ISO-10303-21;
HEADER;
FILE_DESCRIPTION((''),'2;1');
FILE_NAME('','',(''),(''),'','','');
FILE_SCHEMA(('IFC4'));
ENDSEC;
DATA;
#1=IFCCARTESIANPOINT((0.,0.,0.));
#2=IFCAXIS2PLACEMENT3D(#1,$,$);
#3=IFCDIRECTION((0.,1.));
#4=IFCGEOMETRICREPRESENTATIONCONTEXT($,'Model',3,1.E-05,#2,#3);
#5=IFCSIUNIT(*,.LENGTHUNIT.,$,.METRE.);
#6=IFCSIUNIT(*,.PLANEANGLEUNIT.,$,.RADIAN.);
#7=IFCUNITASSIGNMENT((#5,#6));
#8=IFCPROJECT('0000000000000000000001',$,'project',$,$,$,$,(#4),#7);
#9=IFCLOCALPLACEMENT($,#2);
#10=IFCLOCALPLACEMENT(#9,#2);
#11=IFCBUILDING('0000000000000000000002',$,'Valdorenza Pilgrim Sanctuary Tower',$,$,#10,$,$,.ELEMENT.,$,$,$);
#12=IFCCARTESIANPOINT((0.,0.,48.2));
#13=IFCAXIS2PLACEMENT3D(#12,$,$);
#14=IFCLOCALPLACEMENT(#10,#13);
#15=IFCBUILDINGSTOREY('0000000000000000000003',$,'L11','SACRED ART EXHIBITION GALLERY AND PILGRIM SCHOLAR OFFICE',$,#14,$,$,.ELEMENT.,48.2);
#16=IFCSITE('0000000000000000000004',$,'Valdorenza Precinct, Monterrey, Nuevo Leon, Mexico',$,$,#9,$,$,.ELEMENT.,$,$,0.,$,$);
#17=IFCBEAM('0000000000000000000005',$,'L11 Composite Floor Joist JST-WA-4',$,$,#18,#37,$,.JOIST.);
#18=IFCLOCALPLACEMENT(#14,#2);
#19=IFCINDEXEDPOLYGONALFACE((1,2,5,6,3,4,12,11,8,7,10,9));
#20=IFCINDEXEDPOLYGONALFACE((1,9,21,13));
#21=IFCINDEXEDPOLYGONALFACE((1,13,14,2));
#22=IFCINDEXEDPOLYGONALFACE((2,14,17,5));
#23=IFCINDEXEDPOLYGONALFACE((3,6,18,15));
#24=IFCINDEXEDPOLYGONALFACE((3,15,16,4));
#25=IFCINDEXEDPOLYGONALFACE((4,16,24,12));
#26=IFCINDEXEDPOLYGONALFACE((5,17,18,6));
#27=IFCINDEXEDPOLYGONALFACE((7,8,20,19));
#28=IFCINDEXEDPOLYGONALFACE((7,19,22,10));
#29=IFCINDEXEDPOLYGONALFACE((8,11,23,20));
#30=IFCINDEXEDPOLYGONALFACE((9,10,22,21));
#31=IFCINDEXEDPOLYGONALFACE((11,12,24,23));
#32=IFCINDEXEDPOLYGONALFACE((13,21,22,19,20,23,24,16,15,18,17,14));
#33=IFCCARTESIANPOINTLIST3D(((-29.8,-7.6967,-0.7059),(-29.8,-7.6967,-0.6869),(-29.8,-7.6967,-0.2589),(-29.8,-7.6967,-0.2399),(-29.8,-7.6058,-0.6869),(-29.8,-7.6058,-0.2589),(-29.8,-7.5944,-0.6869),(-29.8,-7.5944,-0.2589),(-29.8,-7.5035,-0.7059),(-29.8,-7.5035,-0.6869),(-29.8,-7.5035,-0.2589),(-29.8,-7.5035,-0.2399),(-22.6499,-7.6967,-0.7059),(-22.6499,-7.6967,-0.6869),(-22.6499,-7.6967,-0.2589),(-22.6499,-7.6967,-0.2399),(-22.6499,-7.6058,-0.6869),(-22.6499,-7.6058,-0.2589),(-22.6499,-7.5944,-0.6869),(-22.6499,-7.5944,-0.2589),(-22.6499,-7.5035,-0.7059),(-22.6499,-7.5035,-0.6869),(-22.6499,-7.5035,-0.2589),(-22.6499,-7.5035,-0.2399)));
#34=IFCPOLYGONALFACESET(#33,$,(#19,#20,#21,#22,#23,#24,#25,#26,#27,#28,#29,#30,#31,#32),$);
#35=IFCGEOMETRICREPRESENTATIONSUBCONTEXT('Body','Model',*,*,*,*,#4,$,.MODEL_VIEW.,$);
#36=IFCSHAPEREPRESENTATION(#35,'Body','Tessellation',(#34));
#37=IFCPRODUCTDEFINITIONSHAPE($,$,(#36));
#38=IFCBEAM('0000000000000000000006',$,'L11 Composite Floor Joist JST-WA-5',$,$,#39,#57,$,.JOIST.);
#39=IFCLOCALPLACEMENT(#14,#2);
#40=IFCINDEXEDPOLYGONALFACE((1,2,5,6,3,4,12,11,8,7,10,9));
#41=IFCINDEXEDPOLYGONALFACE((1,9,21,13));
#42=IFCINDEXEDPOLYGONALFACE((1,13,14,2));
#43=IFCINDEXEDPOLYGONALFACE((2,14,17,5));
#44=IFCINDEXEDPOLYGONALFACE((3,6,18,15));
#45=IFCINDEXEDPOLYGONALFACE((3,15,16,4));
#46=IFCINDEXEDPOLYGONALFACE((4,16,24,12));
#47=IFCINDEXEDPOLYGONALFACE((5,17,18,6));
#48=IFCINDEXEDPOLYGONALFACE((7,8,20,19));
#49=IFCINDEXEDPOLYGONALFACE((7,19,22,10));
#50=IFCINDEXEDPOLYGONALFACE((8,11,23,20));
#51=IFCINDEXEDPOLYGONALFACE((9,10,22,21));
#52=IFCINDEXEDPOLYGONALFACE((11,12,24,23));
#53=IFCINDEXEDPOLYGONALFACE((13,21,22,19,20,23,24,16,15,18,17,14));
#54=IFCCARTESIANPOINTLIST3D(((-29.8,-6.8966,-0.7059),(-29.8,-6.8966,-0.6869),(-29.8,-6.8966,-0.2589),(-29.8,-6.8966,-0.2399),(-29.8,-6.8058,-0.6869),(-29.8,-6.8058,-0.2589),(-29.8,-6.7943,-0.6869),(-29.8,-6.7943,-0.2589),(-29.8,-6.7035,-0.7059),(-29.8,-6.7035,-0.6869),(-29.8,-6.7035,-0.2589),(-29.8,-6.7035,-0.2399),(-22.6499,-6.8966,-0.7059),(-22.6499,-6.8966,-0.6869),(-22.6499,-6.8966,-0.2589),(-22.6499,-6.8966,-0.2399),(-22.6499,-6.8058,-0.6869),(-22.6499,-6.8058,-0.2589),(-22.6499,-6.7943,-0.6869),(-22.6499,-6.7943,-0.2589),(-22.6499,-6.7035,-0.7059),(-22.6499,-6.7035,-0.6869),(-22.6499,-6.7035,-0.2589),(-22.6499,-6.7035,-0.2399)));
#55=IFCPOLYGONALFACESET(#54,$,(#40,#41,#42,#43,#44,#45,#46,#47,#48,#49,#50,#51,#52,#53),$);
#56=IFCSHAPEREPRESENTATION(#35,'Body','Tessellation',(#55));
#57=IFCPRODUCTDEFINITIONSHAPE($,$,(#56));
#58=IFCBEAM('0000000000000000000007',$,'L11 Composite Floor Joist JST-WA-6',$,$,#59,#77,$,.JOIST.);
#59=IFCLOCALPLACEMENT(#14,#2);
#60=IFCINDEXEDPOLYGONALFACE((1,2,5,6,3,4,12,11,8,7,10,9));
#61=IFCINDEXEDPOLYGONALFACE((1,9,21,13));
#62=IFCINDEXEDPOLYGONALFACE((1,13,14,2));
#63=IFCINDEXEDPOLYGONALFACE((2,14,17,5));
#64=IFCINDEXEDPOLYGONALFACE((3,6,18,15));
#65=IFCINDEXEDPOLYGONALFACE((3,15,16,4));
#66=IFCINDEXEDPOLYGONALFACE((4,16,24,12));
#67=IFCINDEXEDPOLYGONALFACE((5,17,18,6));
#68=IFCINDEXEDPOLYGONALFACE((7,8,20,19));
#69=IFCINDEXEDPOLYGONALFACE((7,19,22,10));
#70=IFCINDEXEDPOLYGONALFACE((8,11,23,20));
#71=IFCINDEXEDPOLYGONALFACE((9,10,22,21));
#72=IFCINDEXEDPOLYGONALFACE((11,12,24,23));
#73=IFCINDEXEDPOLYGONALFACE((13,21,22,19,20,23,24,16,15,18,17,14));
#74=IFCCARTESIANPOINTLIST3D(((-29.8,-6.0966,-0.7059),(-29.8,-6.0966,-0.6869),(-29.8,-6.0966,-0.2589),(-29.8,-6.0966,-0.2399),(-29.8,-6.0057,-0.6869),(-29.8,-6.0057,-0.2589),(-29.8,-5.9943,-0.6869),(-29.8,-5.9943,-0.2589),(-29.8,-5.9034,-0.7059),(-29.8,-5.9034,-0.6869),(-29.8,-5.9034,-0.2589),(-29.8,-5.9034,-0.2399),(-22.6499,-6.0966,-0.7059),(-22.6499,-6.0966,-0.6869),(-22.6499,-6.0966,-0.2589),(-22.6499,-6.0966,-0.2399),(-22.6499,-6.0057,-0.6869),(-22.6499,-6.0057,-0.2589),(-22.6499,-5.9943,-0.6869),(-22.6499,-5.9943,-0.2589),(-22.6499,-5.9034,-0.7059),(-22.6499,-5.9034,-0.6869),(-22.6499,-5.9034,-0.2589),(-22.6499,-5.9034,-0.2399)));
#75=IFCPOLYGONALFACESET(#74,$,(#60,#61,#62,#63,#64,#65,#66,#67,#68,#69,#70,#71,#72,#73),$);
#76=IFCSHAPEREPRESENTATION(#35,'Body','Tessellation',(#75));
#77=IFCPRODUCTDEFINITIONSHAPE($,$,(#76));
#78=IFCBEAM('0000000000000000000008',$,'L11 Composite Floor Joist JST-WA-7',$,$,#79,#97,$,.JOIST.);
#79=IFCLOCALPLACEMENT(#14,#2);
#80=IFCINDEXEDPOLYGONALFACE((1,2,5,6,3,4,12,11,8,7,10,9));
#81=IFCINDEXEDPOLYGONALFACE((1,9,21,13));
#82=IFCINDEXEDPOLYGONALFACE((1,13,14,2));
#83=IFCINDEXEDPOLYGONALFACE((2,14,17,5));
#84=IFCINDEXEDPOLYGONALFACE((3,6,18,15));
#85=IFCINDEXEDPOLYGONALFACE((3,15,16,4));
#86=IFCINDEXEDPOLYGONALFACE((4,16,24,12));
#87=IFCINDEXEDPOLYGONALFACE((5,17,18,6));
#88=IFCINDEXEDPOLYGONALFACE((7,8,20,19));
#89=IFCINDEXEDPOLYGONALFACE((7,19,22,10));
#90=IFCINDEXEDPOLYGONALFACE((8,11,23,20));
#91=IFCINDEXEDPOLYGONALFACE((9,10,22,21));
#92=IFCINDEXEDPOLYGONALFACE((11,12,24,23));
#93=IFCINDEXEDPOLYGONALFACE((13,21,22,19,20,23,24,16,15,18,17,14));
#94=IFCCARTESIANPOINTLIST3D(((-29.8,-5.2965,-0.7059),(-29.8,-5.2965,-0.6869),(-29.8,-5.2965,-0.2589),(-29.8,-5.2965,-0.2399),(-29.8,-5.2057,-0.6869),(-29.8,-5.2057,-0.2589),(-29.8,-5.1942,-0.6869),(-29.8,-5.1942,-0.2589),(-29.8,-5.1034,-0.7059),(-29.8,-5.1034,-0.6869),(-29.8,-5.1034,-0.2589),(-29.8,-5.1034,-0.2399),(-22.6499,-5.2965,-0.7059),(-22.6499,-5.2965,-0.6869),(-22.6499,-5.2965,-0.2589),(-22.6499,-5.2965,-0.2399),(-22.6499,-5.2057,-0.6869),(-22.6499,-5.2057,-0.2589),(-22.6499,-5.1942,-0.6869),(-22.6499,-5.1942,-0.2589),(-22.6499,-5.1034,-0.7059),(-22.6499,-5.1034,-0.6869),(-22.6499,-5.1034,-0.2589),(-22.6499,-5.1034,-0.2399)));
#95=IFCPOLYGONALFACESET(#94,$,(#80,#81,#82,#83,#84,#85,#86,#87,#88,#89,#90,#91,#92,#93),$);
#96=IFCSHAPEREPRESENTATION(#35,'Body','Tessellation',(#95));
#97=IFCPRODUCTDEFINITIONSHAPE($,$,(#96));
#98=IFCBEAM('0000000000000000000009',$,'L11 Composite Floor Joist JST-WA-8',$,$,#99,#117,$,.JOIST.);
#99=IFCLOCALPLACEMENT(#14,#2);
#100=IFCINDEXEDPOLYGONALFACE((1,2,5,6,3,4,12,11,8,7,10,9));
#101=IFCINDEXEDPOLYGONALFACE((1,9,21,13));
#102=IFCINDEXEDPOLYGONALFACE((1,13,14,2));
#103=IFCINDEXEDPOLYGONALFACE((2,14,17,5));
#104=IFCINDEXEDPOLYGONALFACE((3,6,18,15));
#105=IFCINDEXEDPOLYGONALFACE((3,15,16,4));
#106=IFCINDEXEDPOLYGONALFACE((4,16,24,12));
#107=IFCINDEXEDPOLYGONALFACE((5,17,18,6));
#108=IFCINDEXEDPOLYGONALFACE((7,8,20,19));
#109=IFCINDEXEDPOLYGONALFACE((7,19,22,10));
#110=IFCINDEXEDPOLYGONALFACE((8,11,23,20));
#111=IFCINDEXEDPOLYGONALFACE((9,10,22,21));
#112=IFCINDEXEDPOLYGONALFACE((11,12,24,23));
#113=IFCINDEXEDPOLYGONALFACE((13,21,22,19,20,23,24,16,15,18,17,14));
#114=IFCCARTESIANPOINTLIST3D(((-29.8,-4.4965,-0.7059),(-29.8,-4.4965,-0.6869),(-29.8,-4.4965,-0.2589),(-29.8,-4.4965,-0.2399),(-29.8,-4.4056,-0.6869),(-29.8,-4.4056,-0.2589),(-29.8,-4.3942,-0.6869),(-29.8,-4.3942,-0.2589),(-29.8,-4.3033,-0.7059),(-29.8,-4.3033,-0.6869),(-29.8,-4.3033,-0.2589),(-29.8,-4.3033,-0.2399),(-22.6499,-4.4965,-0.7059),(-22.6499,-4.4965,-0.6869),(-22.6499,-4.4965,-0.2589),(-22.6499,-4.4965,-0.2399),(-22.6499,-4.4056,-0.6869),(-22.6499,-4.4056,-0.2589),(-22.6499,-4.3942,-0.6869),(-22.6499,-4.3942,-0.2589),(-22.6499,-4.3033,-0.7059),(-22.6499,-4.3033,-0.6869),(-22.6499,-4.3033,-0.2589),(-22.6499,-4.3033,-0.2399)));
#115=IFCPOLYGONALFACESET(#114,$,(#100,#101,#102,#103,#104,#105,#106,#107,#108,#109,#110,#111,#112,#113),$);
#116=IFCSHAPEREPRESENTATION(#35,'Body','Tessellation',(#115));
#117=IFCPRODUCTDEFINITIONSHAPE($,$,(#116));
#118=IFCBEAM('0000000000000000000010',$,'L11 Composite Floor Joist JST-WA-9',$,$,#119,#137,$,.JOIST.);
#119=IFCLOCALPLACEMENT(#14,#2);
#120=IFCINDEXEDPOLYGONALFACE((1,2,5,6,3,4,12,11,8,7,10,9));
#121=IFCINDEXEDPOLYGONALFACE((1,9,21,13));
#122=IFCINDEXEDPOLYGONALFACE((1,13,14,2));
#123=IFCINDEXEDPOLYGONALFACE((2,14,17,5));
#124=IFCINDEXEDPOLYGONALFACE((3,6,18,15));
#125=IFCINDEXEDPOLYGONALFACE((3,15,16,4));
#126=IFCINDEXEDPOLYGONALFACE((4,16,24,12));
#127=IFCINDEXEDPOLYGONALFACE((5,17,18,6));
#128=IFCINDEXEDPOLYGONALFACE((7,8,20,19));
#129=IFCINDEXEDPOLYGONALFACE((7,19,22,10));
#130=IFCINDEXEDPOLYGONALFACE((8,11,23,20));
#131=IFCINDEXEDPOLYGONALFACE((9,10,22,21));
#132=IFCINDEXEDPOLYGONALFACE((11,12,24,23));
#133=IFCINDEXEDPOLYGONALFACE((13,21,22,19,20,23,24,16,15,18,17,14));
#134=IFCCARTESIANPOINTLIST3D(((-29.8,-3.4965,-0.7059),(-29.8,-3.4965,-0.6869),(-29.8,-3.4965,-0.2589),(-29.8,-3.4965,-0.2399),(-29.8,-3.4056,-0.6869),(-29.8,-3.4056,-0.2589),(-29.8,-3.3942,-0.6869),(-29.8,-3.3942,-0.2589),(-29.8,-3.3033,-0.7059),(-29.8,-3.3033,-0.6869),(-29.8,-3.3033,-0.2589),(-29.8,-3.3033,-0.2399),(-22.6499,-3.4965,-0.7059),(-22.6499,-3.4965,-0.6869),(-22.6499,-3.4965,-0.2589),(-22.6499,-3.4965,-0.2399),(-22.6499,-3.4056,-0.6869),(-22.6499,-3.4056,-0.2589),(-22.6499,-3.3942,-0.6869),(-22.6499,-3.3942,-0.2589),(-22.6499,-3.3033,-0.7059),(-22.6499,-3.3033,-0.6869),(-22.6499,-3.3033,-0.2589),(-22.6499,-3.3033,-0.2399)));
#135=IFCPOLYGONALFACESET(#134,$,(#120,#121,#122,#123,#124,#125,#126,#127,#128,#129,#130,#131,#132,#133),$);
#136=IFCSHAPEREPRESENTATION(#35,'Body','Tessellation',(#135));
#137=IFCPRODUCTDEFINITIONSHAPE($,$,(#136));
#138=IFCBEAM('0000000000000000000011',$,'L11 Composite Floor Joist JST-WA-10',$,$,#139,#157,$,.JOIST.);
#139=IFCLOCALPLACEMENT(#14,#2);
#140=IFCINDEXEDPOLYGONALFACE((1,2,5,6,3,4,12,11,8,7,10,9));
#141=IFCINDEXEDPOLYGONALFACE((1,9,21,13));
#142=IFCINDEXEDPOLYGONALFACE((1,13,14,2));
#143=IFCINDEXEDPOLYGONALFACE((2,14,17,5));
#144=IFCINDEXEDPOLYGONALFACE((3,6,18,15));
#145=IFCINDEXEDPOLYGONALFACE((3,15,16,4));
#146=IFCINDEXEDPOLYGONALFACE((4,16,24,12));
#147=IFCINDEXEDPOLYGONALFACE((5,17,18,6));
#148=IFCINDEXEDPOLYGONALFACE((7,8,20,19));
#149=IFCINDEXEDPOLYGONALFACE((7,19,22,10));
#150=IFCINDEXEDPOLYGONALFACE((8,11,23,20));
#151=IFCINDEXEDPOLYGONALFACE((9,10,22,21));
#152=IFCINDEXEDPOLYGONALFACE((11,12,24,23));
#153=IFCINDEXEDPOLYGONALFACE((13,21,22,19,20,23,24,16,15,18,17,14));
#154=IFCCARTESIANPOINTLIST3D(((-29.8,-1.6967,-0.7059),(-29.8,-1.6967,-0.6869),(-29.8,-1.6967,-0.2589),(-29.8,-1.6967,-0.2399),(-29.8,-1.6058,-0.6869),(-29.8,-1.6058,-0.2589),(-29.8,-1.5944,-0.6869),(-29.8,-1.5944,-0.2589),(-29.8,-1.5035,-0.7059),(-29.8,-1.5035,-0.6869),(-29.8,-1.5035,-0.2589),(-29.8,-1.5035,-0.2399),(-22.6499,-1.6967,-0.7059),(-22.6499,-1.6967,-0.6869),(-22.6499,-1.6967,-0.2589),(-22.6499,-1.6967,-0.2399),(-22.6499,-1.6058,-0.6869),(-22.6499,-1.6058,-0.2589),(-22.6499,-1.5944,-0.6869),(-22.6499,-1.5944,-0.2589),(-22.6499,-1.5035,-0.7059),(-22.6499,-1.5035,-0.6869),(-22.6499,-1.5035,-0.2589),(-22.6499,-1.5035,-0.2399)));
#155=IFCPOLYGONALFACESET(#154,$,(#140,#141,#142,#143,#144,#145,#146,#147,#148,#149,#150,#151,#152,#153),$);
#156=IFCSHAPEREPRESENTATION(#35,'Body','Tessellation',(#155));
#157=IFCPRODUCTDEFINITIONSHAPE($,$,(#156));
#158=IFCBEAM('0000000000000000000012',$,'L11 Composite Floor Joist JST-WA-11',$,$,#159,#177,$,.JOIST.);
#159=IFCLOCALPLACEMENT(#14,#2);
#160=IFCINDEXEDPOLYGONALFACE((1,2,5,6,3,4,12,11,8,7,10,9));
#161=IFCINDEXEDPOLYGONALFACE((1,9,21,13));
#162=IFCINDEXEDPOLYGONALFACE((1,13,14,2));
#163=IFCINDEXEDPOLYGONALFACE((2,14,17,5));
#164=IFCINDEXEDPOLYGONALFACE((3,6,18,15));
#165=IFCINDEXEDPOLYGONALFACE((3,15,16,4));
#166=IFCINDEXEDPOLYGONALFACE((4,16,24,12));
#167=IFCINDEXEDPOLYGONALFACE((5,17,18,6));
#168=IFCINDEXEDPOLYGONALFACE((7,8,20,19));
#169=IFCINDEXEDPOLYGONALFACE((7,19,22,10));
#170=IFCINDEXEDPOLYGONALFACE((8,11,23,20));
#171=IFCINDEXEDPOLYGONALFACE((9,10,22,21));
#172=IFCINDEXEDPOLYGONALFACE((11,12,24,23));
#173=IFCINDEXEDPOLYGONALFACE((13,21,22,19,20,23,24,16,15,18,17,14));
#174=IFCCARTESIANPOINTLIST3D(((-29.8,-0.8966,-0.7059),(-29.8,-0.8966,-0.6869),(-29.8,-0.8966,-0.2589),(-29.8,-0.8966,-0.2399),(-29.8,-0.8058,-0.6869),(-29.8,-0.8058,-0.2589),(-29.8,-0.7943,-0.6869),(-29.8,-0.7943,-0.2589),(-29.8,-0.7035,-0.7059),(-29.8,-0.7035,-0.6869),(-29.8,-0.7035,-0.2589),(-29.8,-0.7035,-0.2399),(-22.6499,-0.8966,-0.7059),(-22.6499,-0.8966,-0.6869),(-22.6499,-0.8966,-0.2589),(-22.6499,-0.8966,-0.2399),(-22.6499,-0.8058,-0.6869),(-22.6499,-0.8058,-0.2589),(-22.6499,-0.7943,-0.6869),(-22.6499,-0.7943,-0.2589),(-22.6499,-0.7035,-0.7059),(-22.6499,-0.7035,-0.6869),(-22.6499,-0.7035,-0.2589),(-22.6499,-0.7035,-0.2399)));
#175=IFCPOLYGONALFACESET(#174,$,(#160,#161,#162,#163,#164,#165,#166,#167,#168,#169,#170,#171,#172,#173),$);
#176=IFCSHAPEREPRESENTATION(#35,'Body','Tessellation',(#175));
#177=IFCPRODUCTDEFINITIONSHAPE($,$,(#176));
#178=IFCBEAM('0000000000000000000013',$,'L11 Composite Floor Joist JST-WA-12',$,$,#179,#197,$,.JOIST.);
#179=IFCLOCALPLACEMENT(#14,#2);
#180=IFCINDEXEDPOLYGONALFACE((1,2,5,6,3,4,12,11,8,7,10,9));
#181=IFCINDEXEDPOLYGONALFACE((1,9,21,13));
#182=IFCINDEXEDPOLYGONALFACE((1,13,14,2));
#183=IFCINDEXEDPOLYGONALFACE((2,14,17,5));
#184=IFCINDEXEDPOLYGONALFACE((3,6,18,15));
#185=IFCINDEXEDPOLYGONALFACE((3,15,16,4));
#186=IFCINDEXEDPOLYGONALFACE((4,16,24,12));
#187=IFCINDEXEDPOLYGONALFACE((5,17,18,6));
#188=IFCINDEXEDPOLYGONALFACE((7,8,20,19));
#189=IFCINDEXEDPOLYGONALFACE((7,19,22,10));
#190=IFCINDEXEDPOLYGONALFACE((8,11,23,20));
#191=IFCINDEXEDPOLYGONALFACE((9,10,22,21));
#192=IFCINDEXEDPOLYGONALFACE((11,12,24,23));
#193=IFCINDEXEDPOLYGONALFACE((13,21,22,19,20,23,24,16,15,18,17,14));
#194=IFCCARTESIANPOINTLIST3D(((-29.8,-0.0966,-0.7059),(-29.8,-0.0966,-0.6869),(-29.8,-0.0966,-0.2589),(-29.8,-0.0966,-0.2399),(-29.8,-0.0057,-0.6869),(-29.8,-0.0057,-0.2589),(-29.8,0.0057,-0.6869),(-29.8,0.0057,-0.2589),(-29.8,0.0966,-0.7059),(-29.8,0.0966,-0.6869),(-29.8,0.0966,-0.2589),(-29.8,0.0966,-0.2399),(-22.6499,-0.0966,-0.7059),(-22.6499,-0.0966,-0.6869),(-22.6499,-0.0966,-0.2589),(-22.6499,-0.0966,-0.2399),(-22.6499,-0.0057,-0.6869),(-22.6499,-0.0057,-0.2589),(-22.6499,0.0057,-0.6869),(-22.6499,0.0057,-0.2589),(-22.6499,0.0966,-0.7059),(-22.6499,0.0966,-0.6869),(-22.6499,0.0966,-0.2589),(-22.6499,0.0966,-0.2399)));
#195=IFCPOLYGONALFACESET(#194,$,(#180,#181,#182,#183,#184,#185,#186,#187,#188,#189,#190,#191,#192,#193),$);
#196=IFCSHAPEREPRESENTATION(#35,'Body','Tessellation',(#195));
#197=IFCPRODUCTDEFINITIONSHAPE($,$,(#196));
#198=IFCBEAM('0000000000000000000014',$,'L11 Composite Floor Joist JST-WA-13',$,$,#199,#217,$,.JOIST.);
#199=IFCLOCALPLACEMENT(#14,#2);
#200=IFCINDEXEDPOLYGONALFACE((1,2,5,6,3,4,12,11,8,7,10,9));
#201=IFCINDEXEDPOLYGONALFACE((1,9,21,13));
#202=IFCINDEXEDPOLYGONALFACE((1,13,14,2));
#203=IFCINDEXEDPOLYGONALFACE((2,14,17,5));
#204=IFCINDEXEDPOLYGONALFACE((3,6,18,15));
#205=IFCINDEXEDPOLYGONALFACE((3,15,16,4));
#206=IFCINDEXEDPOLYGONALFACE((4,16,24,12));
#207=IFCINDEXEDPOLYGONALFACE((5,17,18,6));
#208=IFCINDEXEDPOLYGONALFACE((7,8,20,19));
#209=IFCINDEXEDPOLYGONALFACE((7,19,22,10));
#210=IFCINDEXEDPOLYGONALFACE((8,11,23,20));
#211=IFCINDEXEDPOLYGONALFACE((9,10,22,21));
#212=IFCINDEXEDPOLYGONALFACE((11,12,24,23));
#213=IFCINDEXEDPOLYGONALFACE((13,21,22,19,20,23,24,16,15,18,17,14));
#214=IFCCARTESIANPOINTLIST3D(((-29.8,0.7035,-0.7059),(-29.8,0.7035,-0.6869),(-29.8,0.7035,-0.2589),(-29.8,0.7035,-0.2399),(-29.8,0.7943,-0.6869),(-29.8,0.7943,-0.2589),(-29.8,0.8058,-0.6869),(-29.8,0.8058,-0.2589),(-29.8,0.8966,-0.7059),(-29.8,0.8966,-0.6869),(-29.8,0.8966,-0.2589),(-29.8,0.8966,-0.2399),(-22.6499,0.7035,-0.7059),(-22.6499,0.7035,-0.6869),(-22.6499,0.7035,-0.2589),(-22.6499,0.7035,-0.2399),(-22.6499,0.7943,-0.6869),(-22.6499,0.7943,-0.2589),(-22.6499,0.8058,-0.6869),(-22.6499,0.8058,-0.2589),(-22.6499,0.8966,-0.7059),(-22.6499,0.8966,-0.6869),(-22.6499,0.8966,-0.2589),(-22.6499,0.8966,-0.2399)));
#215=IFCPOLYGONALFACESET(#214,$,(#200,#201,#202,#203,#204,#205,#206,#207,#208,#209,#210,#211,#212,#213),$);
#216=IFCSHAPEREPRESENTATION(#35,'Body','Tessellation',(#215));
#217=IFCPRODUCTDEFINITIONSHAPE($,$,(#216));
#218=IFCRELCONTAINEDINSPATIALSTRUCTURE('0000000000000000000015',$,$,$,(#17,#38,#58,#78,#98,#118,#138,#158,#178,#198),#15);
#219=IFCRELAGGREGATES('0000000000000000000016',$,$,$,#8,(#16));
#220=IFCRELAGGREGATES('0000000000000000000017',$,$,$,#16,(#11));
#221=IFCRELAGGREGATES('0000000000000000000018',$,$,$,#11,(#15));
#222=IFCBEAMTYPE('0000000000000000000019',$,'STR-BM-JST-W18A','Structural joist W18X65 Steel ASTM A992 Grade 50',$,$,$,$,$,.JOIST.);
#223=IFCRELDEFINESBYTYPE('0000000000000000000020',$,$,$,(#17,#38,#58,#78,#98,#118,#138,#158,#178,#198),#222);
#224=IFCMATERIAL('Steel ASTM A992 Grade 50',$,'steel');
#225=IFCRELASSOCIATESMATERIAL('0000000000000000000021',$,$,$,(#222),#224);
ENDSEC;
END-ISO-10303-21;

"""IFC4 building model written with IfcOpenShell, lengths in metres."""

from ifc_helpers import new_model, si_unit, direction, frame, origin, origin_2d, place, context, subcontext, project, spatial, i_section, extrude, source, transform, mapped, material, material_profile, profile_set, type_object, element, save


model = new_model("IFC4")

# Units and contexts
model_context = context("Model", 3, precision=1e-05, world=origin(), true_north=direction((0.0, 1.0)))
body_context = subcontext(model_context, "Body", "Model", "MODEL_VIEW")
ifc_project = project(units=[si_unit("LENGTHUNIT", "METRE"), si_unit("PLANEANGLEUNIT", "RADIAN")], contexts=[model_context])

# Site, building, storey
site_placement = place(None, origin())
site = spatial("IfcSite", under=ifc_project, at=site_placement, Name="Valdorenza Precinct, Monterrey, Nuevo Leon, Mexico", CompositionType="ELEMENT", RefElevation=0.0)
building_placement = place(site_placement, origin())
building = spatial("IfcBuilding", under=site, at=building_placement, Name="Valdorenza Pilgrim Sanctuary Tower", CompositionType="ELEMENT")
storey_placement = place(building_placement, frame((0.0, 0.0, 48.2)))
storey = spatial("IfcBuildingStorey", under=building, at=storey_placement, Name="L11", Description="SACRED ART EXHIBITION GALLERY AND PILGRIM SCHOLAR OFFICE", CompositionType="ELEMENT", Elevation=48.2)

# Beams
ifc_material_1 = material(Name="Steel ASTM A992 Grade 50", Category="steel")
ifc_material_profile_1 = material_profile(ifc_material_1, i_section(OverallWidth=0.1931, OverallDepth=0.4661, WebThickness=0.0115, FlangeThickness=0.019, at=origin_2d()), Name="W18X65")
ifc_profile_set_1 = profile_set([ifc_material_profile_1], Name="Steel ASTM A992 Grade 50")
beam_type_1 = type_object("IfcBeamType", Name="STR-BM-JST-W18A", Description="Structural joist W18X65 Steel ASTM A992 Grade 50", PredefinedType="JOIST", material=ifc_profile_set_1)
shared_shape_1 = source(origin(), body_context, "Body", "SweptSolid", [
    extrude(i_section(OverallWidth=0.1931, OverallDepth=0.4661, WebThickness=0.0115, FlangeThickness=0.019, at=origin_2d()), origin(), (0.0, 0.0, 1.0), 7.1501),
])
for number, where, z_axis, x_axis, name in (
    (1, (-29.8, -7.6001, -0.4729), (1.0, 0.0, 0.0), (0.0, 1.0, 0.0), "L11 Composite Floor Joist JST-WA-4"),
    (2, (-29.8, -6.8, -0.4729), (1.0, 0.0, 0.0), (0.0, 1.0, 0.0), "L11 Composite Floor Joist JST-WA-5"),
    (3, (-29.8, -6.0, -0.4729), (1.0, 0.0, 0.0), (0.0, 1.0, 0.0), "L11 Composite Floor Joist JST-WA-6"),
    (4, (-29.8, -5.2, -0.4729), (1.0, 0.0, 0.0), (0.0, 1.0, 0.0), "L11 Composite Floor Joist JST-WA-7"),
    (5, (-29.8, -4.3999, -0.4729), (1.0, 0.0, 0.0), (0.0, 1.0, 0.0), "L11 Composite Floor Joist JST-WA-8"),
    (6, (-29.8, -3.3999, -0.4729), (1.0, 0.0, 0.0), (0.0, 1.0, 0.0), "L11 Composite Floor Joist JST-WA-9"),
    (7, (-29.8, -1.6001, -0.4729), (1.0, 0.0, 0.0), (0.0, 1.0, 0.0), "L11 Composite Floor Joist JST-WA-10"),
    (8, (-29.8, -0.8, -0.4729), (1.0, 0.0, 0.0), (0.0, 1.0, 0.0), "L11 Composite Floor Joist JST-WA-11"),
    (9, (-29.8, 0.0, -0.4729), (1.0, 0.0, 0.0), (0.0, 1.0, 0.0), "L11 Composite Floor Joist JST-WA-12"),
    (10, (-29.8, 0.8, -0.4729), (1.0, 0.0, 0.0), (0.0, 1.0, 0.0), "L11 Composite Floor Joist JST-WA-13"),
):
    element("IfcBeam", number, at=place(storey_placement, frame(where, z_axis=z_axis, x_axis=x_axis)), inside=storey, type_object=beam_type_1, Name=name, PredefinedType="JOIST", context=body_context, shape_type="MappedRepresentation", body=[
        mapped(shared_shape_1, transform((0.0, 0.0, 0.0), x_axis=(1.0, 0.0, 0.0), y_axis=(0.0, 1.0, 0.0), z_axis=(0.0, 0.0, 1.0), scale=1.0)),
    ])

save(model, "model.ifc")
